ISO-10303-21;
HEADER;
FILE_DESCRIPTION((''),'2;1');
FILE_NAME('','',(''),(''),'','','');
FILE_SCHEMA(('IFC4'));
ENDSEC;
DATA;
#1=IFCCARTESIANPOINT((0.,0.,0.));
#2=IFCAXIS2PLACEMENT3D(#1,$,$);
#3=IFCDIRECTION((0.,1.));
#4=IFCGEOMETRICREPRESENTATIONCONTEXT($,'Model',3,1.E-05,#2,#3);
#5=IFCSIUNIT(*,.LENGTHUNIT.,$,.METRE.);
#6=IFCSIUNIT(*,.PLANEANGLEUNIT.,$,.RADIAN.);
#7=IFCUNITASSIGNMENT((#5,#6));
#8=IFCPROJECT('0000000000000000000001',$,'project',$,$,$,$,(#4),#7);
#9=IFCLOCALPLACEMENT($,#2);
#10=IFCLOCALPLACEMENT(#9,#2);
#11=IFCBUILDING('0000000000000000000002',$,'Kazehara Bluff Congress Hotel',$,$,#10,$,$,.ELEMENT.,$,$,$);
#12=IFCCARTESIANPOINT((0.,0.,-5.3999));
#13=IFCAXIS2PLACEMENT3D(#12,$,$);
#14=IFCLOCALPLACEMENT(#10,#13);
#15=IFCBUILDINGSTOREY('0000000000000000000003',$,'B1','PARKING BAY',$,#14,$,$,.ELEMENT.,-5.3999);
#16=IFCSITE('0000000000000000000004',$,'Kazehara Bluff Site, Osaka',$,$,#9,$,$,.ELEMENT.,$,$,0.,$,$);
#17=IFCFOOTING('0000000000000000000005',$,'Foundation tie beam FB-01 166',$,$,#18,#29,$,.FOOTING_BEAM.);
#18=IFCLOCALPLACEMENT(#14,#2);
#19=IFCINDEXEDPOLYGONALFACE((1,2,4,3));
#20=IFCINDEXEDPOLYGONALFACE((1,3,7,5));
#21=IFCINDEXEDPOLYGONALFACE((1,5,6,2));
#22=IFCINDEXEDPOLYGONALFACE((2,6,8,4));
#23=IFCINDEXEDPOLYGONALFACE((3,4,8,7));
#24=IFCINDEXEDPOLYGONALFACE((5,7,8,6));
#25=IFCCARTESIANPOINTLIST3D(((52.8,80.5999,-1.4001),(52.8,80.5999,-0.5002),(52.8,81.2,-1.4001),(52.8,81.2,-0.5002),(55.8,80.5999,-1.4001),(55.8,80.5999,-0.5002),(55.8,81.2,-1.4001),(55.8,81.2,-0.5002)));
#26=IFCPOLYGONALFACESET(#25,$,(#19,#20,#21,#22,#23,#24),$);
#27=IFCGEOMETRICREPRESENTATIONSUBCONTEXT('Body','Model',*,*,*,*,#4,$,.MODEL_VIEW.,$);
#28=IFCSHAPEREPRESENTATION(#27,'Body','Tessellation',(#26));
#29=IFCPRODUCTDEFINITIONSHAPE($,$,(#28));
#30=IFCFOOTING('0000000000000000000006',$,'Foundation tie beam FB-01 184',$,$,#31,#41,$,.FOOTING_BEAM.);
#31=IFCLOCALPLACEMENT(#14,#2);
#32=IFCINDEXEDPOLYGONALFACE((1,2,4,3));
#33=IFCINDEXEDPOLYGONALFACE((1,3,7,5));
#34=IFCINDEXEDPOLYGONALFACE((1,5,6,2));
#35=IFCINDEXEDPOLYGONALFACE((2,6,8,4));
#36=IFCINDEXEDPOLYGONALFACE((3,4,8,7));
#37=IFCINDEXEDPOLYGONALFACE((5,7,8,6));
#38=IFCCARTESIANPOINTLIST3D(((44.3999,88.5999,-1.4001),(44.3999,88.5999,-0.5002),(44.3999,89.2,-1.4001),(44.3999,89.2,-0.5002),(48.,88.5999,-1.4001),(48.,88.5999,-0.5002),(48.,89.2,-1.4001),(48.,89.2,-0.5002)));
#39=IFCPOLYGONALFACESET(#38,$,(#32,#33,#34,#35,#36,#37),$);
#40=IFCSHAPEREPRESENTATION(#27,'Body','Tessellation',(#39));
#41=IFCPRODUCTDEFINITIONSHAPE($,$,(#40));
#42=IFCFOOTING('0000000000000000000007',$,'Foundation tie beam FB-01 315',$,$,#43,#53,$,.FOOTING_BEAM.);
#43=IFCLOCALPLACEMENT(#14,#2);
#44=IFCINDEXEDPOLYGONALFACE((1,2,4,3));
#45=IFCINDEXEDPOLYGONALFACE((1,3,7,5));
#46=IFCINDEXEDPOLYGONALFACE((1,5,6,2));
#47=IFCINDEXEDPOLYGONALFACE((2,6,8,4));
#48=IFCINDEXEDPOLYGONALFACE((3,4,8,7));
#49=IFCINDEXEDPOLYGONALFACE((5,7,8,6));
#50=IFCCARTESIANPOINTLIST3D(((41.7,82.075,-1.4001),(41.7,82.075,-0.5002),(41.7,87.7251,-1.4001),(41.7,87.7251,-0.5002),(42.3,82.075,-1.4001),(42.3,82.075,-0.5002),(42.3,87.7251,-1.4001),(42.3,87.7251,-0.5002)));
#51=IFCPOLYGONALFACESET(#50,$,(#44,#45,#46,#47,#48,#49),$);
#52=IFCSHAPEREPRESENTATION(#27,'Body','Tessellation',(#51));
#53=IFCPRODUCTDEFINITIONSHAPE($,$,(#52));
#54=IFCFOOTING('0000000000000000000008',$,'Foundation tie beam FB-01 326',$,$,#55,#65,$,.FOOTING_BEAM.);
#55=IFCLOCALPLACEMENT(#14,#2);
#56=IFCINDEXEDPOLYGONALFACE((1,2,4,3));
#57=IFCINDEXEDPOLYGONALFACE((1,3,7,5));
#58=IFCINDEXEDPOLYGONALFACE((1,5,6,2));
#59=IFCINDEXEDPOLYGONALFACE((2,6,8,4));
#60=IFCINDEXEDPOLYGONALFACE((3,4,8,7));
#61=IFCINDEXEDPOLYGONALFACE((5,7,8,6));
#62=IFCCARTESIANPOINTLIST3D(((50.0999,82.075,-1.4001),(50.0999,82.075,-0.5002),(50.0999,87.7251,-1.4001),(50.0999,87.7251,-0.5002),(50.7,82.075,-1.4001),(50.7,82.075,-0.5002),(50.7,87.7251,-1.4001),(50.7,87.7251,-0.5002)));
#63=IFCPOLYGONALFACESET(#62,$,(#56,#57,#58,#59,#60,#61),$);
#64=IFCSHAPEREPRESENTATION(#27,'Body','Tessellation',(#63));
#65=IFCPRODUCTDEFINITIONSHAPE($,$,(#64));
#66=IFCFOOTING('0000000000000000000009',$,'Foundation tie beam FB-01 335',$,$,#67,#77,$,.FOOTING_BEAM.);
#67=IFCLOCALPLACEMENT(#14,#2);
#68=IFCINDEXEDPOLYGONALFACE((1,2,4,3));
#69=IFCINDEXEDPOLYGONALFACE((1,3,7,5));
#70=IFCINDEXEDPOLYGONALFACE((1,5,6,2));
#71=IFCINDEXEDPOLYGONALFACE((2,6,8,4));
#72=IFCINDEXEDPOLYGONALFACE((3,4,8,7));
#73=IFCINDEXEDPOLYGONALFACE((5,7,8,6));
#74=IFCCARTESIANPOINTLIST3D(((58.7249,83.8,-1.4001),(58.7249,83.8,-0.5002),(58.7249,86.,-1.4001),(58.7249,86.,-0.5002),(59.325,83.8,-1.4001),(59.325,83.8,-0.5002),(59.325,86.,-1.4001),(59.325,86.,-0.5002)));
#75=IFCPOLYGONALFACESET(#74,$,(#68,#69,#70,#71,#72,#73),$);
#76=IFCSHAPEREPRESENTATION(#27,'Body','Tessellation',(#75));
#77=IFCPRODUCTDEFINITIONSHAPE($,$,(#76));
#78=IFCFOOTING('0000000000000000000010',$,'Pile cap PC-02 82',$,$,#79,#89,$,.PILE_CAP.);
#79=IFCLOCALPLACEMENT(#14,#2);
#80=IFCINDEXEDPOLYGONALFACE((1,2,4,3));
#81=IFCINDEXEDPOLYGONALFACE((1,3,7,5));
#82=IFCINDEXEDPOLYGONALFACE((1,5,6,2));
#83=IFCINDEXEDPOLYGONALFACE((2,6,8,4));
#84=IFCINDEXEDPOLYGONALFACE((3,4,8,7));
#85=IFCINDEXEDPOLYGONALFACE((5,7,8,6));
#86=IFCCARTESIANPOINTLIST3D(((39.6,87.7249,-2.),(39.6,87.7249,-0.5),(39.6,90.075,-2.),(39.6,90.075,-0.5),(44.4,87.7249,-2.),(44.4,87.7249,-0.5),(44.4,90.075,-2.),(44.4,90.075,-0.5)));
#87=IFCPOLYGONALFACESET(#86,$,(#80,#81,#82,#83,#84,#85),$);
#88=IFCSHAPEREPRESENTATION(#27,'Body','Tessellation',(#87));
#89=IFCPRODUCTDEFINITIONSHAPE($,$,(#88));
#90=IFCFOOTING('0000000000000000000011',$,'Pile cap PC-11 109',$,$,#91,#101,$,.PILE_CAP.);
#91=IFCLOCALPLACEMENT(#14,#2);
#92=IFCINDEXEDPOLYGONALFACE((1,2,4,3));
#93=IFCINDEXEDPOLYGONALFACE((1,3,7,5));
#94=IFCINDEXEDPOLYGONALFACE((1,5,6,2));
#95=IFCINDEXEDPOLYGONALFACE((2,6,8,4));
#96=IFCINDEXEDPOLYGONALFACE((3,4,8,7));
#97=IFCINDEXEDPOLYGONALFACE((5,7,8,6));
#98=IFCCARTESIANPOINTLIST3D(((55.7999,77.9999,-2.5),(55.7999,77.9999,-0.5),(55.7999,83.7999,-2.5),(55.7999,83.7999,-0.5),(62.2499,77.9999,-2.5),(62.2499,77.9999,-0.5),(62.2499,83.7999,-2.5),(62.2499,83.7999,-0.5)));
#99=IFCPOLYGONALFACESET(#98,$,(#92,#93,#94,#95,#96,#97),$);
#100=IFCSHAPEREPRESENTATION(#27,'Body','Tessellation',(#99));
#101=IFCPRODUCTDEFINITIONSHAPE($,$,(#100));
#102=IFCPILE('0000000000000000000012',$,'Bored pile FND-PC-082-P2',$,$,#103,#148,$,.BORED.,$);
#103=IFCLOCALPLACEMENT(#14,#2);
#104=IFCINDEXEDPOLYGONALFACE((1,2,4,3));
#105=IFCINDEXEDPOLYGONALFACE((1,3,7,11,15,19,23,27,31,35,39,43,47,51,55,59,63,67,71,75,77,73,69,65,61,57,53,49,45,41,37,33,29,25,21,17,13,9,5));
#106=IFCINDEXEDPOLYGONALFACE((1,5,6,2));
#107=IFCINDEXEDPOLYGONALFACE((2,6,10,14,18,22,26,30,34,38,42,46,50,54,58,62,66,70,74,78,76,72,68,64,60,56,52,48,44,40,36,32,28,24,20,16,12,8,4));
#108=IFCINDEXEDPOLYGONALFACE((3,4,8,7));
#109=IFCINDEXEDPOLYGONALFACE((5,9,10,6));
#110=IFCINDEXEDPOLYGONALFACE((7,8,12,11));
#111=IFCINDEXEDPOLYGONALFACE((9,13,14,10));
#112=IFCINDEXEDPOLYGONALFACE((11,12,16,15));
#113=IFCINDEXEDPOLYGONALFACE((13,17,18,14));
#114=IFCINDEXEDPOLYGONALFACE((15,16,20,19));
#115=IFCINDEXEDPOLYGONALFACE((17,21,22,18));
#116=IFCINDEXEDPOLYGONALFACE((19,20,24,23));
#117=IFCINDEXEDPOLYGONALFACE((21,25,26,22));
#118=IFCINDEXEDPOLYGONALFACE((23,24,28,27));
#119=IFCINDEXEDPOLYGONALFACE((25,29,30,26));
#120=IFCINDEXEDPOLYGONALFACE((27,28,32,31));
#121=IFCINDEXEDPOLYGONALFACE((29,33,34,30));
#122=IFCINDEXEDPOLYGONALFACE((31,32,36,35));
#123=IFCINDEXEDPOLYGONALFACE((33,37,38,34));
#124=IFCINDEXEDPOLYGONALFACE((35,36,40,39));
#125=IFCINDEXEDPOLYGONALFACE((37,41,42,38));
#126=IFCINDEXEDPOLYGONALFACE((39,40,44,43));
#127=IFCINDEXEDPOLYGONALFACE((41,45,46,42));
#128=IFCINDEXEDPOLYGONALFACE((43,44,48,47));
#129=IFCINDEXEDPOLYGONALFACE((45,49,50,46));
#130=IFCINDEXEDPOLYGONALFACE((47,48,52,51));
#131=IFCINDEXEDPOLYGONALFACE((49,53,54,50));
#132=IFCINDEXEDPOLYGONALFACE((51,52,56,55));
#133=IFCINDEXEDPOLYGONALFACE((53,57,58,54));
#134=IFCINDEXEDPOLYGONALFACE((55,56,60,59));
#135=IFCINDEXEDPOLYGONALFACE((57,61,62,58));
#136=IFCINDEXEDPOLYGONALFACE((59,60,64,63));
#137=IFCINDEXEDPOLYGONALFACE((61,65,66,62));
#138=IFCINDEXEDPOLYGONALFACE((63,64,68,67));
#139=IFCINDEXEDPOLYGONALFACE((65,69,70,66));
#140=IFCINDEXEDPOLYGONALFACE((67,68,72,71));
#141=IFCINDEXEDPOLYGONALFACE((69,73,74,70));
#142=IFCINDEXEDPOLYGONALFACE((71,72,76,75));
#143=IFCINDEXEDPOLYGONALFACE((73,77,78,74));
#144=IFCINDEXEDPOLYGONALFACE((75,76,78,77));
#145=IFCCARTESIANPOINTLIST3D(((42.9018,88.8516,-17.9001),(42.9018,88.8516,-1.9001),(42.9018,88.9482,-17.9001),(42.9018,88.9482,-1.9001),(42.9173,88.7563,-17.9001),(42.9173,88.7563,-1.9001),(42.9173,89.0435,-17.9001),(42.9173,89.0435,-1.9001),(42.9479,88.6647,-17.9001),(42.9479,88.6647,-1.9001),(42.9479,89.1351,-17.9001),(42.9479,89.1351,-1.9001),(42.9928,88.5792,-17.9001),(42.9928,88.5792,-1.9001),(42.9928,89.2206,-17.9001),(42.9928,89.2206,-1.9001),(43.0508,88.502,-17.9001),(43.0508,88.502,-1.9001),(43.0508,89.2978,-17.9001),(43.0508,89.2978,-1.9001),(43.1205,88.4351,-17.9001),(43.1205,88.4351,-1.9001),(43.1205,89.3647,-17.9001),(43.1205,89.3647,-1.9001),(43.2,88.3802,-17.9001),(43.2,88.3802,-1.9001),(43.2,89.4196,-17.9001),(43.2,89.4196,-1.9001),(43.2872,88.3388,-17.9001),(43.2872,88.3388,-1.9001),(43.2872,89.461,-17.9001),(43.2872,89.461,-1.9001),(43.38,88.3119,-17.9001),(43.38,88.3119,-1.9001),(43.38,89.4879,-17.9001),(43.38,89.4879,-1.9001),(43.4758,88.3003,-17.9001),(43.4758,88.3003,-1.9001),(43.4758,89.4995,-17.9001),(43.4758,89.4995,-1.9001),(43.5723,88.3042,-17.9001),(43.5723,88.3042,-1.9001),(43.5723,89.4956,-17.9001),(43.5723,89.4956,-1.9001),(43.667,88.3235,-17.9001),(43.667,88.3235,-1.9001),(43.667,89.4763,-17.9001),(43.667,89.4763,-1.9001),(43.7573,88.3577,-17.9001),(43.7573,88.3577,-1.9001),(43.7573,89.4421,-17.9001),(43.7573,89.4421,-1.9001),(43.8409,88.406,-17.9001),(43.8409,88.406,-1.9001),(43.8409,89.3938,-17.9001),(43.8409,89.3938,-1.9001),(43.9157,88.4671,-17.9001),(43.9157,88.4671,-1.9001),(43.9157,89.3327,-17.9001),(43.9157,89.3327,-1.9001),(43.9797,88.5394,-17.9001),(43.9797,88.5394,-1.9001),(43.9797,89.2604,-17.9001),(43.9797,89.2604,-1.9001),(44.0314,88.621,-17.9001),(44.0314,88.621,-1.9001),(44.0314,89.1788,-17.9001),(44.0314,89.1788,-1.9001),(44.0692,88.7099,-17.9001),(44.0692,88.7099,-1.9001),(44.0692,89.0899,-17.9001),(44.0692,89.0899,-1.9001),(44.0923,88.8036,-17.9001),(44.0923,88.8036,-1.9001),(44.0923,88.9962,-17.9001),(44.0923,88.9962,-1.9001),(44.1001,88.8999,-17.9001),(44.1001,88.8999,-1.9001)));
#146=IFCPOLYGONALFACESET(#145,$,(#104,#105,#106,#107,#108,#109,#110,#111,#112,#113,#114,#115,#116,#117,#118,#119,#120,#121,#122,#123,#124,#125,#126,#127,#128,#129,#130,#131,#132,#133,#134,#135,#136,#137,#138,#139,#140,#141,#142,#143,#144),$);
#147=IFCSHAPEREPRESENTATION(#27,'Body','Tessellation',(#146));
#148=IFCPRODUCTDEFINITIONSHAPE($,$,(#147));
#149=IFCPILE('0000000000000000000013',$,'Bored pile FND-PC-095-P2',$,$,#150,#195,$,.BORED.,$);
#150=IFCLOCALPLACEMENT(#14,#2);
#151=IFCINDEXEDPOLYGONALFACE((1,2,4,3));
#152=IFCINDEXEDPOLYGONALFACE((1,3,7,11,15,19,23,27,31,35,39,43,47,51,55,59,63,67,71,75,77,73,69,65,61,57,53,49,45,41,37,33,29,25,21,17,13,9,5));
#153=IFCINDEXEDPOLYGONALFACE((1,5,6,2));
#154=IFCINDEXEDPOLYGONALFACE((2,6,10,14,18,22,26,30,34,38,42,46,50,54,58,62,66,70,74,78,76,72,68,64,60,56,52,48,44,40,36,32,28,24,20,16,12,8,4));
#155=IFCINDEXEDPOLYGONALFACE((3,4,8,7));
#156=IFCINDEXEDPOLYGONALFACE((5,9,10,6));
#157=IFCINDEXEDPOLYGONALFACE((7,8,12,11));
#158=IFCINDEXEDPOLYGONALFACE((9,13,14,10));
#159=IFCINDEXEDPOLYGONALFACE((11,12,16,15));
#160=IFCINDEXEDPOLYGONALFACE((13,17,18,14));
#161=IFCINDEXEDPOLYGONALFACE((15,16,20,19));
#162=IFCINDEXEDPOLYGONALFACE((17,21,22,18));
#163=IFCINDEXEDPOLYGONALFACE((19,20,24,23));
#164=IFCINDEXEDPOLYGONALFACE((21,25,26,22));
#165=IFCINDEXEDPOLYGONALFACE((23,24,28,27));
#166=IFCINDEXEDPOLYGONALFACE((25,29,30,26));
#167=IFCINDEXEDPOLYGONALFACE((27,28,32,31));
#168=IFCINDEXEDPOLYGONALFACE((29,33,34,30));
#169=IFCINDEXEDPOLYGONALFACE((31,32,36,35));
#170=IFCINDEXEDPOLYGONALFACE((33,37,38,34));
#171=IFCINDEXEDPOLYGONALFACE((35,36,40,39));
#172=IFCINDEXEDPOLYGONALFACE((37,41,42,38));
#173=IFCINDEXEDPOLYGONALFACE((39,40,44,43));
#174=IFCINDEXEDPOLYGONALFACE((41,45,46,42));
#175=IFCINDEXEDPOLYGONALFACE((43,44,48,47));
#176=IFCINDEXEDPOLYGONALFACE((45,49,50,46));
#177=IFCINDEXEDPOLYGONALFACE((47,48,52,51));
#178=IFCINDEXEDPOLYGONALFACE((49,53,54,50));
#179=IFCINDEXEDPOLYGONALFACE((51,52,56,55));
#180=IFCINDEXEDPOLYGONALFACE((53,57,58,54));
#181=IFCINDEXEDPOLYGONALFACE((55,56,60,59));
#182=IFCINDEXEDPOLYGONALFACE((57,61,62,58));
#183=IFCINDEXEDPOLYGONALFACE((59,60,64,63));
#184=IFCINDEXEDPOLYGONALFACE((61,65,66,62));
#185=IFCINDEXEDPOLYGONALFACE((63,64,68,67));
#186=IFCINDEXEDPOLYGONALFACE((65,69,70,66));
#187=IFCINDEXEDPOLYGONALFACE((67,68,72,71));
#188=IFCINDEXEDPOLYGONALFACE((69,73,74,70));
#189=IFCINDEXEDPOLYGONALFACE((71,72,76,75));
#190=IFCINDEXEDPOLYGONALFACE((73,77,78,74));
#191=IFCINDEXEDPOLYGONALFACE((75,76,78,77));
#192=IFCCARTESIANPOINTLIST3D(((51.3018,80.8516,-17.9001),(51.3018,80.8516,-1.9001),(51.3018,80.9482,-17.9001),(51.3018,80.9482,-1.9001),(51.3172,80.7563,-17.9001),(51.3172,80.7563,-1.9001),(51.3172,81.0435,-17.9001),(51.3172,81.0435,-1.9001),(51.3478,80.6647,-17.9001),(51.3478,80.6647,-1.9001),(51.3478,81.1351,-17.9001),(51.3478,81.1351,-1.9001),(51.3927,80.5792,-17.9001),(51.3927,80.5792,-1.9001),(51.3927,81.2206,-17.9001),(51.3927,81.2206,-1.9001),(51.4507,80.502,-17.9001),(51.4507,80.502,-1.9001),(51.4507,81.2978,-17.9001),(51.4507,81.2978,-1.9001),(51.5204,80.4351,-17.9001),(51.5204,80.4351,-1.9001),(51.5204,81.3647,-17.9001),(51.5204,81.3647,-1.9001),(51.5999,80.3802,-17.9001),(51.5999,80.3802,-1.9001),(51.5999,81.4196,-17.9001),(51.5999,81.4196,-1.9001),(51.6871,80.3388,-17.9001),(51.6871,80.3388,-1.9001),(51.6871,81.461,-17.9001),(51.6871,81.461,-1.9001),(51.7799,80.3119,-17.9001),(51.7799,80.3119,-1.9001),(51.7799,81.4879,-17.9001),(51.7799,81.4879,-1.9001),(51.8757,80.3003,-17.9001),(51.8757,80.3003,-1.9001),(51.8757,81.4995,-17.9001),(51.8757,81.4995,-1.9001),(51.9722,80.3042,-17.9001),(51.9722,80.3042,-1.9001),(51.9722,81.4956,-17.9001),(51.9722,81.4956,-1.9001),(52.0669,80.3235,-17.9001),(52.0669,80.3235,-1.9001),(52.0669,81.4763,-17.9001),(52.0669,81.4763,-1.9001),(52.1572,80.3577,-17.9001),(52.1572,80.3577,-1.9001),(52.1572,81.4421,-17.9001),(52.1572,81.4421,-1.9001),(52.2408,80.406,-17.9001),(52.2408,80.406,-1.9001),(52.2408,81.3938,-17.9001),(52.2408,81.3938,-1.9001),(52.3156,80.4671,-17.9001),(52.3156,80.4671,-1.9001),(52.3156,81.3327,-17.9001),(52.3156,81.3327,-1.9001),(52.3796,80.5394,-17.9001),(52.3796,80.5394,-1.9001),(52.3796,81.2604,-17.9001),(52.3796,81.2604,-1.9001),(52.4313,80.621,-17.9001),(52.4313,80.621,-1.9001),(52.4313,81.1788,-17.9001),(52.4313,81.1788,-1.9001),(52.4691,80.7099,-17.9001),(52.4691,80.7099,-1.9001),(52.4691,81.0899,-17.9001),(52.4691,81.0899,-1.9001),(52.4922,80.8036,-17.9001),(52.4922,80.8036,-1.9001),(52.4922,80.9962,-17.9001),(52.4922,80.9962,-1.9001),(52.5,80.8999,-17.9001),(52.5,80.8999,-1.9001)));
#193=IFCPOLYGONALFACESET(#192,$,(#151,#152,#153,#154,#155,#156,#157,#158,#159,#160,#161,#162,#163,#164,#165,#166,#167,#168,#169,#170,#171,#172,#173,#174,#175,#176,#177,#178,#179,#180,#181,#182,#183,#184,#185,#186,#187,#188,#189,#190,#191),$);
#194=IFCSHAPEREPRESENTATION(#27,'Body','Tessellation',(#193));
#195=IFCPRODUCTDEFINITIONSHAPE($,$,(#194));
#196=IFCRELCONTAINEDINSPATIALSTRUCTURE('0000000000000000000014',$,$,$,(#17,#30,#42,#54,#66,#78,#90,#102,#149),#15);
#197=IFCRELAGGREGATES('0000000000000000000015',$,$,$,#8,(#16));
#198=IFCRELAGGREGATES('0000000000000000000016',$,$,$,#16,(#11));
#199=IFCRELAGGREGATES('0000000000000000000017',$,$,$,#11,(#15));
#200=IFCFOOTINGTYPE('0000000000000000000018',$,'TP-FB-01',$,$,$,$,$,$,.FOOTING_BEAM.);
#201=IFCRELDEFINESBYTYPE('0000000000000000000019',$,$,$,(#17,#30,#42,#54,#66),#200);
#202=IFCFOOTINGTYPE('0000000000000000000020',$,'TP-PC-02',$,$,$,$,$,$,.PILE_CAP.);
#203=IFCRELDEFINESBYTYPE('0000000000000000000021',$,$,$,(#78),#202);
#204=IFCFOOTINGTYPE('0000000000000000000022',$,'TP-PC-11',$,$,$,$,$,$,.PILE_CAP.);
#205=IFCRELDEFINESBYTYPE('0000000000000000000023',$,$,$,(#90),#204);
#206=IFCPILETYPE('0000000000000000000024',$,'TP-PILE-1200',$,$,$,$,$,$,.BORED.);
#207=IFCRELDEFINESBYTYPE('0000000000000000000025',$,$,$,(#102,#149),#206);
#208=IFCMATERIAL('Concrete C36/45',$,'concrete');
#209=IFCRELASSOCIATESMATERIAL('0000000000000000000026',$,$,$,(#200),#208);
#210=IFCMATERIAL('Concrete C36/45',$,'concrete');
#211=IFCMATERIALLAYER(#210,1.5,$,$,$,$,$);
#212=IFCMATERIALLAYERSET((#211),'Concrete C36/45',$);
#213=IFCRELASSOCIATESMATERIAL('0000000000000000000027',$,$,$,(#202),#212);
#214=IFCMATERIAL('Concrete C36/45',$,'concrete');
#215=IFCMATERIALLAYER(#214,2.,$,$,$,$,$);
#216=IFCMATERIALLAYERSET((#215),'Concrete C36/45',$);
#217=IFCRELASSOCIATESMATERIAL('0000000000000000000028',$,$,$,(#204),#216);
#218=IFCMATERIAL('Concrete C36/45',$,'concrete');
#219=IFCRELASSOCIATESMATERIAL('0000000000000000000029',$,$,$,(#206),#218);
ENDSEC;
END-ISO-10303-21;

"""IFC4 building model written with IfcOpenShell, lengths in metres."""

from ifc_helpers import new_model, si_unit, direction, frame, origin, origin_2d, place, context, subcontext, project, spatial, rectangle, circle, extrude, material, layer, layer_set, material_profile, profile_set, type_object, element, save


model = new_model("IFC4")

# Units and contexts
model_context = context("Model", 3, precision=1e-05, world=origin(), true_north=direction((0.0, 1.0)))
body_context = subcontext(model_context, "Body", "Model", "MODEL_VIEW")
ifc_project = project(units=[si_unit("LENGTHUNIT", "METRE"), si_unit("PLANEANGLEUNIT", "RADIAN")], contexts=[model_context])

# Site, building, storey
site_placement = place(None, origin())
site = spatial("IfcSite", under=ifc_project, at=site_placement, Name="Kazehara Bluff Site, Osaka", CompositionType="ELEMENT", RefElevation=0.0)
building_placement = place(site_placement, origin())
building = spatial("IfcBuilding", under=site, at=building_placement, Name="Kazehara Bluff Congress Hotel", CompositionType="ELEMENT")
storey_placement = place(building_placement, frame((0.0, 0.0, -5.3999)))
storey = spatial("IfcBuildingStorey", under=building, at=storey_placement, Name="B1", Description="PARKING BAY", CompositionType="ELEMENT", Elevation=-5.3999)

# Footings
ifc_material_1 = material(Name="Concrete C36/45", Category="concrete")
ifc_material_profile_1 = material_profile(ifc_material_1, rectangle(XDim=0.6001, YDim=0.8999, at=origin_2d()))
ifc_profile_set_1 = profile_set([ifc_material_profile_1], Name="Concrete C36/45")
footing_type_1 = type_object("IfcFootingType", Name="TP-FB-01", PredefinedType="FOOTING_BEAM", material=ifc_profile_set_1)
footing_1_placement = place(storey_placement, frame((52.8, 80.8999, -0.9502), z_axis=(1.0, 0.0, 0.0), x_axis=(0.0, 1.0, 0.0)))
element("IfcFooting", 1, at=footing_1_placement, inside=storey, type_object=footing_type_1, Name="Foundation tie beam FB-01 166", PredefinedType="FOOTING_BEAM", context=body_context, shape_type="SweptSolid", body=[
    extrude(rectangle(XDim=0.6001, YDim=0.8999, at=origin_2d()), origin(), (0.0, 0.0, 1.0), 3.0),
])
footing_2_placement = place(storey_placement, frame((44.3999, 88.8999, -0.9502), z_axis=(1.0, 0.0, 0.0), x_axis=(0.0, 1.0, 0.0)))
element("IfcFooting", 2, at=footing_2_placement, inside=storey, type_object=footing_type_1, Name="Foundation tie beam FB-01 184", PredefinedType="FOOTING_BEAM", context=body_context, shape_type="SweptSolid", body=[
    extrude(rectangle(XDim=0.6001, YDim=0.8999, at=origin_2d()), origin(), (0.0, 0.0, 1.0), 3.6001),
])
for number, where, z_axis, x_axis, name in (
    (3, (42.0, 82.075, -0.9502), (0.0, 1.0, 0.0), (-1.0, 0.0, 0.0), "Foundation tie beam FB-01 315"),
    (4, (50.3999, 82.075, -0.9502), (0.0, 1.0, 0.0), (-1.0, 0.0, 0.0), "Foundation tie beam FB-01 326"),
):
    element("IfcFooting", number, at=place(storey_placement, frame(where, z_axis=z_axis, x_axis=x_axis)), inside=storey, type_object=footing_type_1, Name=name, PredefinedType="FOOTING_BEAM", context=body_context, shape_type="SweptSolid", body=[
        extrude(rectangle(XDim=0.6001, YDim=0.8999, at=origin_2d()), origin(), (0.0, 0.0, 1.0), 5.6501),
    ])
footing_3_placement = place(storey_placement, frame((59.0249, 83.8, -0.9502), z_axis=(0.0, 1.0, 0.0), x_axis=(-1.0, 0.0, 0.0)))
element("IfcFooting", 5, at=footing_3_placement, inside=storey, type_object=footing_type_1, Name="Foundation tie beam FB-01 335", PredefinedType="FOOTING_BEAM", context=body_context, shape_type="SweptSolid", body=[
    extrude(rectangle(XDim=0.6001, YDim=0.8999, at=origin_2d()), origin(), (0.0, 0.0, 1.0), 2.2),
])
ifc_material_2 = material(Name="Concrete C36/45", Category="concrete")
ifc_layer_1 = layer(ifc_material_2, 1.5)
ifc_layer_set_1 = layer_set([ifc_layer_1], Name="Concrete C36/45")
footing_type_2 = type_object("IfcFootingType", Name="TP-PC-02", PredefinedType="PILE_CAP", material=ifc_layer_set_1)
footing_4_placement = place(storey_placement, frame((42.0, 88.8999, -2.0), z_axis=(0.0, 0.0, 1.0), x_axis=(1.0, 0.0, 0.0)))
element("IfcFooting", 6, at=footing_4_placement, inside=storey, type_object=footing_type_2, Name="Pile cap PC-02 82", PredefinedType="PILE_CAP", context=body_context, shape_type="SweptSolid", body=[
    extrude(rectangle(XDim=4.8, YDim=2.3501, at=origin_2d()), origin(), (0.0, 0.0, 1.0), 1.5),
])
ifc_material_3 = material(Name="Concrete C36/45", Category="concrete")
ifc_layer_2 = layer(ifc_material_3, 2.0)
ifc_layer_set_2 = layer_set([ifc_layer_2], Name="Concrete C36/45")
footing_type_3 = type_object("IfcFootingType", Name="TP-PC-11", PredefinedType="PILE_CAP", material=ifc_layer_set_2)
footing_5_placement = place(storey_placement, frame((59.0249, 80.8999, -2.5), z_axis=(0.0, 0.0, 1.0), x_axis=(1.0, 0.0, 0.0)))
element("IfcFooting", 7, at=footing_5_placement, inside=storey, type_object=footing_type_3, Name="Pile cap PC-11 109", PredefinedType="PILE_CAP", context=body_context, shape_type="SweptSolid", body=[
    extrude(rectangle(XDim=6.45, YDim=5.8, at=origin_2d()), origin(), (0.0, 0.0, 1.0), 2.0),
])

# Piles
ifc_material_4 = material(Name="Concrete C36/45", Category="concrete")
ifc_material_profile_2 = material_profile(ifc_material_4, circle(Radius=0.6001, at=origin_2d()))
ifc_profile_set_2 = profile_set([ifc_material_profile_2], Name="Concrete C36/45")
pile_type_1 = type_object("IfcPileType", Name="TP-PILE-1200", PredefinedType="BORED", material=ifc_profile_set_2)
for number, where, z_axis, x_axis, name in (
    (8, (43.5, 88.8999, -1.9001), (0.0, 0.0, -1.0), (1.0, 0.0, 0.0), "Bored pile FND-PC-082-P2"),
    (9, (51.8999, 80.8999, -1.9001), (0.0, 0.0, -1.0), (1.0, 0.0, 0.0), "Bored pile FND-PC-095-P2"),
):
    element("IfcPile", number, at=place(storey_placement, frame(where, z_axis=z_axis, x_axis=x_axis)), inside=storey, type_object=pile_type_1, Name=name, PredefinedType="BORED", context=body_context, shape_type="SweptSolid", body=[
        extrude(circle(Radius=0.6001, at=origin_2d()), origin(), (0.0, 0.0, 1.0), 16.0),
    ])

save(model, "model.ifc")
